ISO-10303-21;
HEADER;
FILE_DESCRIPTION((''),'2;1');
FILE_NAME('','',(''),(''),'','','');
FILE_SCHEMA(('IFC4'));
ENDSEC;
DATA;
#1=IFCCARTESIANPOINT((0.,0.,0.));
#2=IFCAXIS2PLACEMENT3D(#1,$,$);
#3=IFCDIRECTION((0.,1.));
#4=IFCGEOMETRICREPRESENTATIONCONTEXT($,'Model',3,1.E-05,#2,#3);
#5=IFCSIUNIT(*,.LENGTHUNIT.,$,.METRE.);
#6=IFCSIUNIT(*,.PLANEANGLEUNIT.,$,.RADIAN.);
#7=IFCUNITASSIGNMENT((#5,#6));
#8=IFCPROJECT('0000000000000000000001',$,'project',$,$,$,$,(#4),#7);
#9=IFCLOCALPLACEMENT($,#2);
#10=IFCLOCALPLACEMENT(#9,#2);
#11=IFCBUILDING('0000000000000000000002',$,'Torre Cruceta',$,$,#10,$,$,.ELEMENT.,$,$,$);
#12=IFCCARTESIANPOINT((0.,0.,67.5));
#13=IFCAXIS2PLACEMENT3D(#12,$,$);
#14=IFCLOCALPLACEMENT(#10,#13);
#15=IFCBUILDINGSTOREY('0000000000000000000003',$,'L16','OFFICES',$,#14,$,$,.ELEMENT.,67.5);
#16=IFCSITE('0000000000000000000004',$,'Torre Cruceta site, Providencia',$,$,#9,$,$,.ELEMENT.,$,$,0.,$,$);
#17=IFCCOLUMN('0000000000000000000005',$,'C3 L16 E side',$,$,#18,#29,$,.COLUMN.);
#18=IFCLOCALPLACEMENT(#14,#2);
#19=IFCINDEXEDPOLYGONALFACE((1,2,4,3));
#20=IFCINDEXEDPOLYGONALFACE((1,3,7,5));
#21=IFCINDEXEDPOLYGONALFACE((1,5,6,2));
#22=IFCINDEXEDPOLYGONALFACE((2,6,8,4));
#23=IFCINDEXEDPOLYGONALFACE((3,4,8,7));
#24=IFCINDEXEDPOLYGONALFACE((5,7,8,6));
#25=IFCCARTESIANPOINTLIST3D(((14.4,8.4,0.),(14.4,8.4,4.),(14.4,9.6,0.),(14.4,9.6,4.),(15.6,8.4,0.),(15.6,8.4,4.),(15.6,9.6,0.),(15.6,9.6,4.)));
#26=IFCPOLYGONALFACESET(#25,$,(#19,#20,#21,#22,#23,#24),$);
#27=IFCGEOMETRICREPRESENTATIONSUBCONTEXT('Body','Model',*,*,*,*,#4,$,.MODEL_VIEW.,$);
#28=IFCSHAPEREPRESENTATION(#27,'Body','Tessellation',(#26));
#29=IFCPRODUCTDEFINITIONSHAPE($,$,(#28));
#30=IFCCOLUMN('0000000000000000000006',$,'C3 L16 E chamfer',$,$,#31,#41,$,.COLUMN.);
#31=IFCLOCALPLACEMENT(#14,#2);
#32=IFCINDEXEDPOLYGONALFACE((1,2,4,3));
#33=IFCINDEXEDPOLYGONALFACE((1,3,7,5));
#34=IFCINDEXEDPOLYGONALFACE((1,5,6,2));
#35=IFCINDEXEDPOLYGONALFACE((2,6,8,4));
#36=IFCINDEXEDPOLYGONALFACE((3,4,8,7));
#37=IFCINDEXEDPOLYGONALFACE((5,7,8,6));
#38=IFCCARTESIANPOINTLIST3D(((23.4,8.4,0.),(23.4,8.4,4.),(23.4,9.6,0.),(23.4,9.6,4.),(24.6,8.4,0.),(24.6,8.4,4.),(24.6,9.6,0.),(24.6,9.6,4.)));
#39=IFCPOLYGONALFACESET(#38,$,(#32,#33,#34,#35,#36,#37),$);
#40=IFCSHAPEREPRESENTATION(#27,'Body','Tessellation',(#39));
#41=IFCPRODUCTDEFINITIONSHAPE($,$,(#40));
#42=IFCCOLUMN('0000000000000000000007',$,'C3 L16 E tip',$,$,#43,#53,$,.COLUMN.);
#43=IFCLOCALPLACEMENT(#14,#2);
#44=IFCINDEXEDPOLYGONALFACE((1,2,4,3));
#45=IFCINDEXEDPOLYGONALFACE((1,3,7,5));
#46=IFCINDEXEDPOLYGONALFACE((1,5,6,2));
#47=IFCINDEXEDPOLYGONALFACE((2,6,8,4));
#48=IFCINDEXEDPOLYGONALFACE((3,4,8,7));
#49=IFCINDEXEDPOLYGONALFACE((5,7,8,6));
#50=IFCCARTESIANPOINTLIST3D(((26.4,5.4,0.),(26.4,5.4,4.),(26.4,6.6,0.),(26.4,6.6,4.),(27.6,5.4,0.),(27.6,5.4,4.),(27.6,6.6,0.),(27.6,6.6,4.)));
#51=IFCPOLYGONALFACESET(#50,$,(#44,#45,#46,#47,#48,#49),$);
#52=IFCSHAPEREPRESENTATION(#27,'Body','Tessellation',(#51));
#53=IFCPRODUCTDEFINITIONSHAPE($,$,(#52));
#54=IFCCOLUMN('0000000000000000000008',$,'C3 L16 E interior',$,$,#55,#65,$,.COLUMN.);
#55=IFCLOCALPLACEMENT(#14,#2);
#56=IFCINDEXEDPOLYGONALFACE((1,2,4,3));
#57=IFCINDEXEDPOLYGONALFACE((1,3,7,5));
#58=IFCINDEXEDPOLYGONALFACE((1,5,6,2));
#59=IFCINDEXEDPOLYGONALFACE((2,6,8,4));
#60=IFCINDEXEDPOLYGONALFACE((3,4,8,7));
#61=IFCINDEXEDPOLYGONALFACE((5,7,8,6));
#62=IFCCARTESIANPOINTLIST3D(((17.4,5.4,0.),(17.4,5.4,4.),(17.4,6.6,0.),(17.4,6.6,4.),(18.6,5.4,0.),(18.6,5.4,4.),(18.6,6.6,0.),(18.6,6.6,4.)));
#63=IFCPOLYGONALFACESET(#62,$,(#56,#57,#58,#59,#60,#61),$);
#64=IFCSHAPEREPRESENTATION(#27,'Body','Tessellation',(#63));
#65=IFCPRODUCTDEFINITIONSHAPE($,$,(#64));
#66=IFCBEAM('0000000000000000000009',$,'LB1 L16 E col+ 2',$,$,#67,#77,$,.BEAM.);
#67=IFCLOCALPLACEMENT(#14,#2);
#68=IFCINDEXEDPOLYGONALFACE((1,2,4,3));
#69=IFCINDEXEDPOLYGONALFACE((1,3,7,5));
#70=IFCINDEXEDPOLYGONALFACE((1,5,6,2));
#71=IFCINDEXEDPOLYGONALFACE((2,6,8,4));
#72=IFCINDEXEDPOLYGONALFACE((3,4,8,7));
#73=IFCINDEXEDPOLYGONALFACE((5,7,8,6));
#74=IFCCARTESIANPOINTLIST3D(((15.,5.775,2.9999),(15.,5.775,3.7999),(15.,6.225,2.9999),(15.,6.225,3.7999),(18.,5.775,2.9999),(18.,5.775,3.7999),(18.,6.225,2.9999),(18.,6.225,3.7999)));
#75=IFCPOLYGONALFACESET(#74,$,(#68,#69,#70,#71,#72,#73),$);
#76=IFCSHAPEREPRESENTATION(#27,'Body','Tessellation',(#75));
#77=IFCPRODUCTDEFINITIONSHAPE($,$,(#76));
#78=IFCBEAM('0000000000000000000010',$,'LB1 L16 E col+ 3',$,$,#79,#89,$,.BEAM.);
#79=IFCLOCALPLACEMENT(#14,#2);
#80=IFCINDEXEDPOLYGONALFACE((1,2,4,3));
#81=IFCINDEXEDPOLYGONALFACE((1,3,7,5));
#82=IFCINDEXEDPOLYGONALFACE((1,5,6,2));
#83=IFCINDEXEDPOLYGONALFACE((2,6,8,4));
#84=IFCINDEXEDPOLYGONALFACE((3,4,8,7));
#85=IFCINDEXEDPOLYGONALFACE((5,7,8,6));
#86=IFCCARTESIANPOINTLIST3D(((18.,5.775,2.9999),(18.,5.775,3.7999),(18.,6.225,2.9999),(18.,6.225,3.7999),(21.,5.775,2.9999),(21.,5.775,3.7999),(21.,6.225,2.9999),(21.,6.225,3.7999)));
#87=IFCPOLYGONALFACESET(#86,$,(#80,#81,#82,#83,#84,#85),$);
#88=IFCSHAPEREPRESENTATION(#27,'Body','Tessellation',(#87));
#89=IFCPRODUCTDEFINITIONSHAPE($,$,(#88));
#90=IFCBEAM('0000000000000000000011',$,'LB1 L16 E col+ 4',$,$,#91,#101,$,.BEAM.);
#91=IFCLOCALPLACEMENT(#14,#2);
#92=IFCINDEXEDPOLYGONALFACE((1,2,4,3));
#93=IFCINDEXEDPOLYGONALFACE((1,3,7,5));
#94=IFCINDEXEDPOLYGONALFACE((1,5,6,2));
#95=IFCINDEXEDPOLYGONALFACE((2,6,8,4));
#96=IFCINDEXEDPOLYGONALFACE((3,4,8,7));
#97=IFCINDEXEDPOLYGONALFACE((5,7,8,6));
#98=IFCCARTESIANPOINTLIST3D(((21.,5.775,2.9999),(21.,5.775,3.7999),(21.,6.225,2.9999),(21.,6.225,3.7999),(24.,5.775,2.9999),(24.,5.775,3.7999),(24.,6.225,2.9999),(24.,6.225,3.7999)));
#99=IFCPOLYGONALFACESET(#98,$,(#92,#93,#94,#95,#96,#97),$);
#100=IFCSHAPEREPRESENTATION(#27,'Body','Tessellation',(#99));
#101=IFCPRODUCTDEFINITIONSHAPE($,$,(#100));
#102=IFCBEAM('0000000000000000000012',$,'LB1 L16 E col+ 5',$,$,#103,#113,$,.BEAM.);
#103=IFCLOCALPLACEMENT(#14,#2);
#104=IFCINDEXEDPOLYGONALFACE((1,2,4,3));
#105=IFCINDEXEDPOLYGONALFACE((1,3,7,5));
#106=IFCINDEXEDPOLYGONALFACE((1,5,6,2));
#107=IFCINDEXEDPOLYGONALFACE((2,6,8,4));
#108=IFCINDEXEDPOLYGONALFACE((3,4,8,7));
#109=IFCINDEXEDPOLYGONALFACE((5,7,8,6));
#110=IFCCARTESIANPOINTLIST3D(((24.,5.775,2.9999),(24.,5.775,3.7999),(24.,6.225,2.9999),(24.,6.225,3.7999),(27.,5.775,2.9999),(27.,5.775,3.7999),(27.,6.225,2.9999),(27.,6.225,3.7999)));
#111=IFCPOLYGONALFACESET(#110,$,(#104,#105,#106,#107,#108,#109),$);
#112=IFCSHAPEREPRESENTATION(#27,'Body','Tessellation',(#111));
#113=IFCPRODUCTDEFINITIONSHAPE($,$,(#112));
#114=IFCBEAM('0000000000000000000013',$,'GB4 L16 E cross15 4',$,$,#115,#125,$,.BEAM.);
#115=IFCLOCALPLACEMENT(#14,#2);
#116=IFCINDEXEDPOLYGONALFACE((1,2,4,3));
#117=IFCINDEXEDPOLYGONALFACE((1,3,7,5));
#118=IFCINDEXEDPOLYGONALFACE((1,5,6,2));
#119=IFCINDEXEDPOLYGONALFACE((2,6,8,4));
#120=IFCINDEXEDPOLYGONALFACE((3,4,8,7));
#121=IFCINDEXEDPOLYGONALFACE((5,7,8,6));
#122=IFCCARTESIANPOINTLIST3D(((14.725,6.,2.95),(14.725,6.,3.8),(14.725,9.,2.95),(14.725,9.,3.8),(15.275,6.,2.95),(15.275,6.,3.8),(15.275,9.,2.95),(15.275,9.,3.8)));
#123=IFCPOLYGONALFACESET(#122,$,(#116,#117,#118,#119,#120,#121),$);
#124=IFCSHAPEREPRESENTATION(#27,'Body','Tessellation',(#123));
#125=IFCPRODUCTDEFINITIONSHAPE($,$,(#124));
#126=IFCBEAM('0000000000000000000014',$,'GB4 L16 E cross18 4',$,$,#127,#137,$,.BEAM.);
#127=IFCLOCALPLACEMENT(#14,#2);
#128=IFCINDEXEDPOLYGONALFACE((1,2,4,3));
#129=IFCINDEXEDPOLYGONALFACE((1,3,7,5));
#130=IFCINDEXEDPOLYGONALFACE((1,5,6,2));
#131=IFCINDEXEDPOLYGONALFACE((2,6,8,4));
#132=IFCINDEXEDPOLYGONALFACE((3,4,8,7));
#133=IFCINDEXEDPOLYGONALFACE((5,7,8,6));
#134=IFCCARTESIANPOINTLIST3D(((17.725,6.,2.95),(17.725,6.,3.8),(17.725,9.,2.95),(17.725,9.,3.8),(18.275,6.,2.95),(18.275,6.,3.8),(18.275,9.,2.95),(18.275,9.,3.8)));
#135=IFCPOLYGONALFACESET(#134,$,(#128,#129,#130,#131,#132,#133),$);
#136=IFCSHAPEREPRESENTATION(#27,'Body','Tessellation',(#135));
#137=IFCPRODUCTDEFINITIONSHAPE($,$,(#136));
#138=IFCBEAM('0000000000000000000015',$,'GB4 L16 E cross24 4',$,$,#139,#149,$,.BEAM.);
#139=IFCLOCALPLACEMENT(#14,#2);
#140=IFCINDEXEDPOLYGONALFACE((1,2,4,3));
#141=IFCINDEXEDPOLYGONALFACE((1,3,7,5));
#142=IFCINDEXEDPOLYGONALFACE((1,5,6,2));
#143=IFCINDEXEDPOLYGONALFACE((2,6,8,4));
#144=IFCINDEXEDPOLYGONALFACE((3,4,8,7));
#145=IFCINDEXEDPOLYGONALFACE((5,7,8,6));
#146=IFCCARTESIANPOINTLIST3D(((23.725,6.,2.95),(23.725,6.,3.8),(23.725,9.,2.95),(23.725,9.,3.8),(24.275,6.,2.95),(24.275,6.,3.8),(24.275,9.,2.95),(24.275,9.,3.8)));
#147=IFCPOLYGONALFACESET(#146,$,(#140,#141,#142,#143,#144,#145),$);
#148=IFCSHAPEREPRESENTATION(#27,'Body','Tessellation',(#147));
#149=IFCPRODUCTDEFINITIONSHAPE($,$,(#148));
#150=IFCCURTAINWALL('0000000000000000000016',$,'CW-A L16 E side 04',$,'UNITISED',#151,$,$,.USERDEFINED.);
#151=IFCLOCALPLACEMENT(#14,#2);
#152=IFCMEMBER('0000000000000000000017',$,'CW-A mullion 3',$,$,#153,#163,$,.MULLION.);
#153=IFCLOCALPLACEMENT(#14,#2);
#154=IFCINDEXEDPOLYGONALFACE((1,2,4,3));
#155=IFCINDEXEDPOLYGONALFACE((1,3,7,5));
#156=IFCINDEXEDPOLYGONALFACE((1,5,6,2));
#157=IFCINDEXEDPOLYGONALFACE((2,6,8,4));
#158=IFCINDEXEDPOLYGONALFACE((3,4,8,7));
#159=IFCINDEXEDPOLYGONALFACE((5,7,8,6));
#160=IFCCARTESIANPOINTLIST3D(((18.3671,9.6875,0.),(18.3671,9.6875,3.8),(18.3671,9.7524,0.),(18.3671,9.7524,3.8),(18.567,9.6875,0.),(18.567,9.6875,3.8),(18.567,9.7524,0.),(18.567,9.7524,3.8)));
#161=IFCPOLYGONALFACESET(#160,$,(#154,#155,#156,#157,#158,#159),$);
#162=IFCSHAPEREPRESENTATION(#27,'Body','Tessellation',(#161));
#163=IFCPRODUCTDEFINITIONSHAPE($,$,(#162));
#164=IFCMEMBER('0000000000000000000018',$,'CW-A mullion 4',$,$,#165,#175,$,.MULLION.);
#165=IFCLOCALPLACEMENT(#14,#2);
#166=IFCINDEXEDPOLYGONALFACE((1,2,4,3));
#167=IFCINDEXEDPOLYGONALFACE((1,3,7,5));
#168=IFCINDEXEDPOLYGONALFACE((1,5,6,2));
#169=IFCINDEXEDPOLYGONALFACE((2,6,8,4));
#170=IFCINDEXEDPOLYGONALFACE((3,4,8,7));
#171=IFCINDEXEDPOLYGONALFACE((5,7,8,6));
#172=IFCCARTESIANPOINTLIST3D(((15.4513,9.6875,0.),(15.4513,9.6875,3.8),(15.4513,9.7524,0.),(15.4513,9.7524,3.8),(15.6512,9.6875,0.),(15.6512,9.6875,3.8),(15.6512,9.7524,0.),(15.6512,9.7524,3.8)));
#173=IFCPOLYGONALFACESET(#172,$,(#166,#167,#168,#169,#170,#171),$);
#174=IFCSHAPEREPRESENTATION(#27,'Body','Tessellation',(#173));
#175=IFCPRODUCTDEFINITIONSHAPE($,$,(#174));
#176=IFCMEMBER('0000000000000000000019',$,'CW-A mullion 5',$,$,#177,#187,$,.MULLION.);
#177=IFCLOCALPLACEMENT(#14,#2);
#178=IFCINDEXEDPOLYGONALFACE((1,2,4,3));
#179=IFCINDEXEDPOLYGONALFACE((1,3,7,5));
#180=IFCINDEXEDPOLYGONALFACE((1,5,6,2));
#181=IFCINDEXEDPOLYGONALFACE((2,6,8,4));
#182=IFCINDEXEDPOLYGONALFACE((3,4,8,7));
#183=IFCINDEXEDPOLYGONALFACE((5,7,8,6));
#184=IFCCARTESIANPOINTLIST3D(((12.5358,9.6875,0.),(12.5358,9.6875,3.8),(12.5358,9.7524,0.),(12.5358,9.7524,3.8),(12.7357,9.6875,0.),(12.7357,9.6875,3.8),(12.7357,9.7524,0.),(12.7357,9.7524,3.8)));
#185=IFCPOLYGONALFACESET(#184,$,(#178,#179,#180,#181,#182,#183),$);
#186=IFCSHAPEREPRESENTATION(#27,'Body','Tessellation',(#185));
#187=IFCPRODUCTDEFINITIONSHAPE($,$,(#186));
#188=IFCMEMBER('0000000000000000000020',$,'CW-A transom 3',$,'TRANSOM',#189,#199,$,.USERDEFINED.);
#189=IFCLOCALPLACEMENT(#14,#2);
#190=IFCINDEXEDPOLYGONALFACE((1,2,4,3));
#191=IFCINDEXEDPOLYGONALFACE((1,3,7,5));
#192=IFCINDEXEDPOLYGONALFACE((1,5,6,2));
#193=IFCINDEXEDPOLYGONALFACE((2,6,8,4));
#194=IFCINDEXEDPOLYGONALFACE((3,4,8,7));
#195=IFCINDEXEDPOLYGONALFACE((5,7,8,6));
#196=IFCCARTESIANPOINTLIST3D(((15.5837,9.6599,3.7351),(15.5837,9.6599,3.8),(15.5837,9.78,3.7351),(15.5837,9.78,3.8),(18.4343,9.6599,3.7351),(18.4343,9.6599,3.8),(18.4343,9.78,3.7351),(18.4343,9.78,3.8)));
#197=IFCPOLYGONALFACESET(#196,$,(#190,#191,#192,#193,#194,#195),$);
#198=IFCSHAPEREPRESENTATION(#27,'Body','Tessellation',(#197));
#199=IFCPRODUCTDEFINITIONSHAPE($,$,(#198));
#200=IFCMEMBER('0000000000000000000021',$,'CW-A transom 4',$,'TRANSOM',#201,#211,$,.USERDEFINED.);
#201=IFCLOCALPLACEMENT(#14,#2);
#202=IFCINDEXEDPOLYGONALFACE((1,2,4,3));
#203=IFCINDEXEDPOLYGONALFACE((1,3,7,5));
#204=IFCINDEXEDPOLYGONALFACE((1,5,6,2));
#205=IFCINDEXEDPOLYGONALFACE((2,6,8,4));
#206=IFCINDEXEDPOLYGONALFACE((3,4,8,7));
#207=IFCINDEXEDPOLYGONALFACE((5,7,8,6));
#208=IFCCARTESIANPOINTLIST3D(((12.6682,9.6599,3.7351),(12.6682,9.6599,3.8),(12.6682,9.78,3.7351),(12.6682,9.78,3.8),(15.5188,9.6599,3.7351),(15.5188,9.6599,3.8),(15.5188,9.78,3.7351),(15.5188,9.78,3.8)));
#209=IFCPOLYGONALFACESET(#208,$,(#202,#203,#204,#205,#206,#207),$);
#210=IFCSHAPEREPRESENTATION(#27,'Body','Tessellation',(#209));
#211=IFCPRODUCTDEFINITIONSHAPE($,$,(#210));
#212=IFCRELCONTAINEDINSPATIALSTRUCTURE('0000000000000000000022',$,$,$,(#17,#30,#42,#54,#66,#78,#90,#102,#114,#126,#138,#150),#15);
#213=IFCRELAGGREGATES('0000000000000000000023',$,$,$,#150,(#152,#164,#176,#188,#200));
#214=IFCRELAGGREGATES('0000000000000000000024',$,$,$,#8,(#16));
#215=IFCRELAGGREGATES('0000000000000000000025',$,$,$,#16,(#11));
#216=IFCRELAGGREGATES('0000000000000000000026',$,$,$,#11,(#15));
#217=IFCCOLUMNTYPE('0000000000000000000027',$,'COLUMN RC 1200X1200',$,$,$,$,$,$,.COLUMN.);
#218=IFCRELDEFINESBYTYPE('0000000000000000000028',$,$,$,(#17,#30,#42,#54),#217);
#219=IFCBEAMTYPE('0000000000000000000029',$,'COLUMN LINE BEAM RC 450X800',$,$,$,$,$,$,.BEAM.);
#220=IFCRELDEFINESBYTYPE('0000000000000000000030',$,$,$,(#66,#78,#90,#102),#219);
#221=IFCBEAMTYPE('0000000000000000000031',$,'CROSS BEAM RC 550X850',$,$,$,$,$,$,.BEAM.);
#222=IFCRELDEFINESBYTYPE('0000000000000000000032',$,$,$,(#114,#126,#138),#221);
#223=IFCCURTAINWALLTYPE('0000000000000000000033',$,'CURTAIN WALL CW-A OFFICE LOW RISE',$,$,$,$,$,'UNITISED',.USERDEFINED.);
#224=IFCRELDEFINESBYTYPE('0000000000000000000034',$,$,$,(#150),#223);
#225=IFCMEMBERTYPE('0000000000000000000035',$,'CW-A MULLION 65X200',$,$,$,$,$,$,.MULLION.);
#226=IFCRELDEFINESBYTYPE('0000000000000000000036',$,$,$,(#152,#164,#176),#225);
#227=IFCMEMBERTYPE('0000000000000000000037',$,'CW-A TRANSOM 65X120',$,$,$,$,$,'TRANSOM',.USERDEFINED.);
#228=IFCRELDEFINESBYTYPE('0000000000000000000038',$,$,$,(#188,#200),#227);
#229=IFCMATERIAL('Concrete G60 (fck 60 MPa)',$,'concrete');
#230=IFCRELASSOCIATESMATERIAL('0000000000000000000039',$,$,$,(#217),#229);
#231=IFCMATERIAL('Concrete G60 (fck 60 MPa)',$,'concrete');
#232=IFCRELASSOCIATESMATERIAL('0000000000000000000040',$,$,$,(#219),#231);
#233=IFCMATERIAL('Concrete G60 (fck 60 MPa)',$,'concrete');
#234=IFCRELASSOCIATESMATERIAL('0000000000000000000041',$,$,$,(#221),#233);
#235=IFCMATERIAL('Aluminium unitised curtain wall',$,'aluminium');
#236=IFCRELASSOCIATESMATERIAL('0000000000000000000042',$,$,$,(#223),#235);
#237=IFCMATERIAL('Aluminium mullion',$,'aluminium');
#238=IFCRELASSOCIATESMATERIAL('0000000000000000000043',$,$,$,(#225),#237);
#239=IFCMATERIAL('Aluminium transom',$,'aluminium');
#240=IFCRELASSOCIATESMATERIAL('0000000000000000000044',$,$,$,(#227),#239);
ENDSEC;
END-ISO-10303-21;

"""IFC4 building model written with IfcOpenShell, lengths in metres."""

from ifc_helpers import new_model, si_unit, direction, frame, origin, origin_2d, place, context, subcontext, project, spatial, rectangle, extrude, material, material_profile, profile_set, type_object, element, aggregate, save


model = new_model("IFC4")

# Units and contexts
model_context = context("Model", 3, precision=1e-05, world=origin(), true_north=direction((0.0, 1.0)))
body_context = subcontext(model_context, "Body", "Model", "MODEL_VIEW")
ifc_project = project(units=[si_unit("LENGTHUNIT", "METRE"), si_unit("PLANEANGLEUNIT", "RADIAN")], contexts=[model_context])

# Site, building, storey
site_placement = place(None, origin())
site = spatial("IfcSite", under=ifc_project, at=site_placement, Name="Torre Cruceta site, Providencia", CompositionType="ELEMENT", RefElevation=0.0)
building_placement = place(site_placement, origin())
building = spatial("IfcBuilding", under=site, at=building_placement, Name="Torre Cruceta", CompositionType="ELEMENT")
storey_placement = place(building_placement, frame((0.0, 0.0, 67.5)))
storey = spatial("IfcBuildingStorey", under=building, at=storey_placement, Name="L16", Description="OFFICES", CompositionType="ELEMENT", Elevation=67.5)

# Columns
ifc_material_1 = material(Name="Concrete G60 (fck 60 MPa)", Category="concrete")
ifc_material_profile_1 = material_profile(ifc_material_1, rectangle(XDim=1.2, YDim=1.2, at=origin_2d()), Name="RC 1200X1200")
ifc_profile_set_1 = profile_set([ifc_material_profile_1], Name="Concrete G60 (fck 60 MPa)")
column_type = type_object("IfcColumnType", Name="COLUMN RC 1200X1200", PredefinedType="COLUMN", material=ifc_profile_set_1)
for number, where, z_axis, x_axis, name in (
    (1, (15.0, 9.0, 0.0), (0.0, 0.0, 1.0), (1.0, 0.0, 0.0), "C3 L16 E side"),
    (2, (24.0, 9.0, 0.0), (0.0, 0.0, 1.0), (1.0, 0.0, 0.0), "C3 L16 E chamfer"),
    (3, (27.0, 6.0, 0.0), (0.0, 0.0, 1.0), (1.0, 0.0, 0.0), "C3 L16 E tip"),
    (4, (18.0, 6.0, 0.0), (0.0, 0.0, 1.0), (1.0, 0.0, 0.0), "C3 L16 E interior"),
):
    element("IfcColumn", number, at=place(storey_placement, frame(where, z_axis=z_axis, x_axis=x_axis)), inside=storey, type_object=column_type, Name=name, PredefinedType="COLUMN", context=body_context, shape_type="SweptSolid", body=[
        extrude(rectangle(XDim=1.2, YDim=1.2, at=origin_2d()), origin(), (0.0, 0.0, 1.0), 4.0),
    ])

# Beams
ifc_material_2 = material(Name="Concrete G60 (fck 60 MPa)", Category="concrete")
ifc_material_profile_2 = material_profile(ifc_material_2, rectangle(XDim=0.45, YDim=0.8, at=origin_2d()), Name="RC 450X800")
ifc_profile_set_2 = profile_set([ifc_material_profile_2], Name="Concrete G60 (fck 60 MPa)")
beam_type_1 = type_object("IfcBeamType", Name="COLUMN LINE BEAM RC 450X800", PredefinedType="BEAM", material=ifc_profile_set_2)
for number, where, z_axis, x_axis, name in (
    (5, (15.0, 6.0, 3.3999), (1.0, 0.0, 0.0), (0.0, 1.0, 0.0), "LB1 L16 E col+ 2"),
    (6, (18.0, 6.0, 3.3999), (1.0, 0.0, 0.0), (0.0, 1.0, 0.0), "LB1 L16 E col+ 3"),
    (7, (21.0, 6.0, 3.3999), (1.0, 0.0, 0.0), (0.0, 1.0, 0.0), "LB1 L16 E col+ 4"),
    (8, (24.0, 6.0, 3.3999), (1.0, 0.0, 0.0), (0.0, 1.0, 0.0), "LB1 L16 E col+ 5"),
):
    element("IfcBeam", number, at=place(storey_placement, frame(where, z_axis=z_axis, x_axis=x_axis)), inside=storey, type_object=beam_type_1, Name=name, PredefinedType="BEAM", context=body_context, shape_type="SweptSolid", body=[
        extrude(rectangle(XDim=0.45, YDim=0.8, at=origin_2d()), origin(), (0.0, 0.0, 1.0), 3.0),
    ])
ifc_material_3 = material(Name="Concrete G60 (fck 60 MPa)", Category="concrete")
ifc_material_profile_3 = material_profile(ifc_material_3, rectangle(XDim=0.55, YDim=0.8501, at=origin_2d()), Name="RC 550X850")
ifc_profile_set_3 = profile_set([ifc_material_profile_3], Name="Concrete G60 (fck 60 MPa)")
beam_type_2 = type_object("IfcBeamType", Name="CROSS BEAM RC 550X850", PredefinedType="BEAM", material=ifc_profile_set_3)
for number, where, z_axis, x_axis, name in (
    (9, (15.0, 6.0, 3.375), (0.0, 1.0, 0.0), (-1.0, 0.0, 0.0), "GB4 L16 E cross15 4"),
    (10, (18.0, 6.0, 3.375), (0.0, 1.0, 0.0), (-1.0, 0.0, 0.0), "GB4 L16 E cross18 4"),
    (11, (24.0, 6.0, 3.375), (0.0, 1.0, 0.0), (-1.0, 0.0, 0.0), "GB4 L16 E cross24 4"),
):
    element("IfcBeam", number, at=place(storey_placement, frame(where, z_axis=z_axis, x_axis=x_axis)), inside=storey, type_object=beam_type_2, Name=name, PredefinedType="BEAM", context=body_context, shape_type="SweptSolid", body=[
        extrude(rectangle(XDim=0.55, YDim=0.8501, at=origin_2d()), origin(), (0.0, 0.0, 1.0), 3.0),
    ])

# Curtain wall, members
ifc_material_4 = material(Name="Aluminium unitised curtain wall", Category="aluminium")
curtain_wall_type = type_object("IfcCurtainWallType", Name="CURTAIN WALL CW-A OFFICE LOW RISE", ElementType="UNITISED", PredefinedType="USERDEFINED", material=ifc_material_4)
curtain_wall_placement = place(storey_placement, origin())
curtain_wall = element("IfcCurtainWall", 12, at=curtain_wall_placement, inside=storey, type_object=curtain_wall_type, Name="CW-A L16 E side 04", ObjectType="UNITISED", PredefinedType="USERDEFINED")
ifc_material_5 = material(Name="Aluminium mullion", Category="aluminium")
ifc_material_profile_4 = material_profile(ifc_material_5, rectangle(XDim=0.0649, YDim=0.2, at=origin_2d()), Name="AL 65X200")
ifc_profile_set_4 = profile_set([ifc_material_profile_4], Name="Aluminium mullion")
member_type_1 = type_object("IfcMemberType", Name="CW-A MULLION 65X200", PredefinedType="MULLION", material=ifc_profile_set_4)
member_1_placement = place(storey_placement, frame((18.467, 9.72, 0.0), z_axis=(0.0, 0.0, 1.0), x_axis=(0.0, -1.0, 0.0)))
member_1 = element("IfcMember", 13, at=member_1_placement, type_object=member_type_1, Name="CW-A mullion 3", PredefinedType="MULLION", context=body_context, shape_type="SweptSolid", body=[
    extrude(rectangle(XDim=0.0649, YDim=0.2, at=origin_2d()), origin(), (0.0, 0.0, 1.0), 3.8),
])
member_2_placement = place(storey_placement, frame((15.5513, 9.72, 0.0), z_axis=(0.0, 0.0, 1.0), x_axis=(0.0, -1.0, 0.0)))
member_2 = element("IfcMember", 14, at=member_2_placement, type_object=member_type_1, Name="CW-A mullion 4", PredefinedType="MULLION", context=body_context, shape_type="SweptSolid", body=[
    extrude(rectangle(XDim=0.0649, YDim=0.2, at=origin_2d()), origin(), (0.0, 0.0, 1.0), 3.8),
])
member_3_placement = place(storey_placement, frame((12.6357, 9.72, 0.0), z_axis=(0.0, 0.0, 1.0), x_axis=(0.0, -1.0, 0.0)))
member_3 = element("IfcMember", 15, at=member_3_placement, type_object=member_type_1, Name="CW-A mullion 5", PredefinedType="MULLION", context=body_context, shape_type="SweptSolid", body=[
    extrude(rectangle(XDim=0.0649, YDim=0.2, at=origin_2d()), origin(), (0.0, 0.0, 1.0), 3.8),
])
ifc_material_6 = material(Name="Aluminium transom", Category="aluminium")
ifc_material_profile_5 = material_profile(ifc_material_6, rectangle(XDim=0.1201, YDim=0.0649, at=origin_2d()), Name="AL 120X65")
ifc_profile_set_5 = profile_set([ifc_material_profile_5], Name="Aluminium transom")
member_type_2 = type_object("IfcMemberType", Name="CW-A TRANSOM 65X120", ElementType="TRANSOM", PredefinedType="USERDEFINED", material=ifc_profile_set_5)
member_4_placement = place(storey_placement, frame((18.4343, 9.72, 3.7676), z_axis=(-1.0, 0.0, 0.0), x_axis=(0.0, -1.0, 0.0)))
member_4 = element("IfcMember", 16, at=member_4_placement, type_object=member_type_2, Name="CW-A transom 3", ObjectType="TRANSOM", PredefinedType="USERDEFINED", context=body_context, shape_type="SweptSolid", body=[
    extrude(rectangle(XDim=0.1201, YDim=0.0649, at=origin_2d()), origin(), (0.0, 0.0, 1.0), 2.8506),
])
member_5_placement = place(storey_placement, frame((15.5188, 9.72, 3.7676), z_axis=(-1.0, 0.0, 0.0), x_axis=(0.0, -1.0, 0.0)))
member_5 = element("IfcMember", 17, at=member_5_placement, type_object=member_type_2, Name="CW-A transom 4", ObjectType="TRANSOM", PredefinedType="USERDEFINED", context=body_context, shape_type="SweptSolid", body=[
    extrude(rectangle(XDim=0.1201, YDim=0.0649, at=origin_2d()), origin(), (0.0, 0.0, 1.0), 2.8506),
])

aggregate(curtain_wall, [member_1, member_2, member_3, member_4, member_5])

save(model, "model.ifc")
